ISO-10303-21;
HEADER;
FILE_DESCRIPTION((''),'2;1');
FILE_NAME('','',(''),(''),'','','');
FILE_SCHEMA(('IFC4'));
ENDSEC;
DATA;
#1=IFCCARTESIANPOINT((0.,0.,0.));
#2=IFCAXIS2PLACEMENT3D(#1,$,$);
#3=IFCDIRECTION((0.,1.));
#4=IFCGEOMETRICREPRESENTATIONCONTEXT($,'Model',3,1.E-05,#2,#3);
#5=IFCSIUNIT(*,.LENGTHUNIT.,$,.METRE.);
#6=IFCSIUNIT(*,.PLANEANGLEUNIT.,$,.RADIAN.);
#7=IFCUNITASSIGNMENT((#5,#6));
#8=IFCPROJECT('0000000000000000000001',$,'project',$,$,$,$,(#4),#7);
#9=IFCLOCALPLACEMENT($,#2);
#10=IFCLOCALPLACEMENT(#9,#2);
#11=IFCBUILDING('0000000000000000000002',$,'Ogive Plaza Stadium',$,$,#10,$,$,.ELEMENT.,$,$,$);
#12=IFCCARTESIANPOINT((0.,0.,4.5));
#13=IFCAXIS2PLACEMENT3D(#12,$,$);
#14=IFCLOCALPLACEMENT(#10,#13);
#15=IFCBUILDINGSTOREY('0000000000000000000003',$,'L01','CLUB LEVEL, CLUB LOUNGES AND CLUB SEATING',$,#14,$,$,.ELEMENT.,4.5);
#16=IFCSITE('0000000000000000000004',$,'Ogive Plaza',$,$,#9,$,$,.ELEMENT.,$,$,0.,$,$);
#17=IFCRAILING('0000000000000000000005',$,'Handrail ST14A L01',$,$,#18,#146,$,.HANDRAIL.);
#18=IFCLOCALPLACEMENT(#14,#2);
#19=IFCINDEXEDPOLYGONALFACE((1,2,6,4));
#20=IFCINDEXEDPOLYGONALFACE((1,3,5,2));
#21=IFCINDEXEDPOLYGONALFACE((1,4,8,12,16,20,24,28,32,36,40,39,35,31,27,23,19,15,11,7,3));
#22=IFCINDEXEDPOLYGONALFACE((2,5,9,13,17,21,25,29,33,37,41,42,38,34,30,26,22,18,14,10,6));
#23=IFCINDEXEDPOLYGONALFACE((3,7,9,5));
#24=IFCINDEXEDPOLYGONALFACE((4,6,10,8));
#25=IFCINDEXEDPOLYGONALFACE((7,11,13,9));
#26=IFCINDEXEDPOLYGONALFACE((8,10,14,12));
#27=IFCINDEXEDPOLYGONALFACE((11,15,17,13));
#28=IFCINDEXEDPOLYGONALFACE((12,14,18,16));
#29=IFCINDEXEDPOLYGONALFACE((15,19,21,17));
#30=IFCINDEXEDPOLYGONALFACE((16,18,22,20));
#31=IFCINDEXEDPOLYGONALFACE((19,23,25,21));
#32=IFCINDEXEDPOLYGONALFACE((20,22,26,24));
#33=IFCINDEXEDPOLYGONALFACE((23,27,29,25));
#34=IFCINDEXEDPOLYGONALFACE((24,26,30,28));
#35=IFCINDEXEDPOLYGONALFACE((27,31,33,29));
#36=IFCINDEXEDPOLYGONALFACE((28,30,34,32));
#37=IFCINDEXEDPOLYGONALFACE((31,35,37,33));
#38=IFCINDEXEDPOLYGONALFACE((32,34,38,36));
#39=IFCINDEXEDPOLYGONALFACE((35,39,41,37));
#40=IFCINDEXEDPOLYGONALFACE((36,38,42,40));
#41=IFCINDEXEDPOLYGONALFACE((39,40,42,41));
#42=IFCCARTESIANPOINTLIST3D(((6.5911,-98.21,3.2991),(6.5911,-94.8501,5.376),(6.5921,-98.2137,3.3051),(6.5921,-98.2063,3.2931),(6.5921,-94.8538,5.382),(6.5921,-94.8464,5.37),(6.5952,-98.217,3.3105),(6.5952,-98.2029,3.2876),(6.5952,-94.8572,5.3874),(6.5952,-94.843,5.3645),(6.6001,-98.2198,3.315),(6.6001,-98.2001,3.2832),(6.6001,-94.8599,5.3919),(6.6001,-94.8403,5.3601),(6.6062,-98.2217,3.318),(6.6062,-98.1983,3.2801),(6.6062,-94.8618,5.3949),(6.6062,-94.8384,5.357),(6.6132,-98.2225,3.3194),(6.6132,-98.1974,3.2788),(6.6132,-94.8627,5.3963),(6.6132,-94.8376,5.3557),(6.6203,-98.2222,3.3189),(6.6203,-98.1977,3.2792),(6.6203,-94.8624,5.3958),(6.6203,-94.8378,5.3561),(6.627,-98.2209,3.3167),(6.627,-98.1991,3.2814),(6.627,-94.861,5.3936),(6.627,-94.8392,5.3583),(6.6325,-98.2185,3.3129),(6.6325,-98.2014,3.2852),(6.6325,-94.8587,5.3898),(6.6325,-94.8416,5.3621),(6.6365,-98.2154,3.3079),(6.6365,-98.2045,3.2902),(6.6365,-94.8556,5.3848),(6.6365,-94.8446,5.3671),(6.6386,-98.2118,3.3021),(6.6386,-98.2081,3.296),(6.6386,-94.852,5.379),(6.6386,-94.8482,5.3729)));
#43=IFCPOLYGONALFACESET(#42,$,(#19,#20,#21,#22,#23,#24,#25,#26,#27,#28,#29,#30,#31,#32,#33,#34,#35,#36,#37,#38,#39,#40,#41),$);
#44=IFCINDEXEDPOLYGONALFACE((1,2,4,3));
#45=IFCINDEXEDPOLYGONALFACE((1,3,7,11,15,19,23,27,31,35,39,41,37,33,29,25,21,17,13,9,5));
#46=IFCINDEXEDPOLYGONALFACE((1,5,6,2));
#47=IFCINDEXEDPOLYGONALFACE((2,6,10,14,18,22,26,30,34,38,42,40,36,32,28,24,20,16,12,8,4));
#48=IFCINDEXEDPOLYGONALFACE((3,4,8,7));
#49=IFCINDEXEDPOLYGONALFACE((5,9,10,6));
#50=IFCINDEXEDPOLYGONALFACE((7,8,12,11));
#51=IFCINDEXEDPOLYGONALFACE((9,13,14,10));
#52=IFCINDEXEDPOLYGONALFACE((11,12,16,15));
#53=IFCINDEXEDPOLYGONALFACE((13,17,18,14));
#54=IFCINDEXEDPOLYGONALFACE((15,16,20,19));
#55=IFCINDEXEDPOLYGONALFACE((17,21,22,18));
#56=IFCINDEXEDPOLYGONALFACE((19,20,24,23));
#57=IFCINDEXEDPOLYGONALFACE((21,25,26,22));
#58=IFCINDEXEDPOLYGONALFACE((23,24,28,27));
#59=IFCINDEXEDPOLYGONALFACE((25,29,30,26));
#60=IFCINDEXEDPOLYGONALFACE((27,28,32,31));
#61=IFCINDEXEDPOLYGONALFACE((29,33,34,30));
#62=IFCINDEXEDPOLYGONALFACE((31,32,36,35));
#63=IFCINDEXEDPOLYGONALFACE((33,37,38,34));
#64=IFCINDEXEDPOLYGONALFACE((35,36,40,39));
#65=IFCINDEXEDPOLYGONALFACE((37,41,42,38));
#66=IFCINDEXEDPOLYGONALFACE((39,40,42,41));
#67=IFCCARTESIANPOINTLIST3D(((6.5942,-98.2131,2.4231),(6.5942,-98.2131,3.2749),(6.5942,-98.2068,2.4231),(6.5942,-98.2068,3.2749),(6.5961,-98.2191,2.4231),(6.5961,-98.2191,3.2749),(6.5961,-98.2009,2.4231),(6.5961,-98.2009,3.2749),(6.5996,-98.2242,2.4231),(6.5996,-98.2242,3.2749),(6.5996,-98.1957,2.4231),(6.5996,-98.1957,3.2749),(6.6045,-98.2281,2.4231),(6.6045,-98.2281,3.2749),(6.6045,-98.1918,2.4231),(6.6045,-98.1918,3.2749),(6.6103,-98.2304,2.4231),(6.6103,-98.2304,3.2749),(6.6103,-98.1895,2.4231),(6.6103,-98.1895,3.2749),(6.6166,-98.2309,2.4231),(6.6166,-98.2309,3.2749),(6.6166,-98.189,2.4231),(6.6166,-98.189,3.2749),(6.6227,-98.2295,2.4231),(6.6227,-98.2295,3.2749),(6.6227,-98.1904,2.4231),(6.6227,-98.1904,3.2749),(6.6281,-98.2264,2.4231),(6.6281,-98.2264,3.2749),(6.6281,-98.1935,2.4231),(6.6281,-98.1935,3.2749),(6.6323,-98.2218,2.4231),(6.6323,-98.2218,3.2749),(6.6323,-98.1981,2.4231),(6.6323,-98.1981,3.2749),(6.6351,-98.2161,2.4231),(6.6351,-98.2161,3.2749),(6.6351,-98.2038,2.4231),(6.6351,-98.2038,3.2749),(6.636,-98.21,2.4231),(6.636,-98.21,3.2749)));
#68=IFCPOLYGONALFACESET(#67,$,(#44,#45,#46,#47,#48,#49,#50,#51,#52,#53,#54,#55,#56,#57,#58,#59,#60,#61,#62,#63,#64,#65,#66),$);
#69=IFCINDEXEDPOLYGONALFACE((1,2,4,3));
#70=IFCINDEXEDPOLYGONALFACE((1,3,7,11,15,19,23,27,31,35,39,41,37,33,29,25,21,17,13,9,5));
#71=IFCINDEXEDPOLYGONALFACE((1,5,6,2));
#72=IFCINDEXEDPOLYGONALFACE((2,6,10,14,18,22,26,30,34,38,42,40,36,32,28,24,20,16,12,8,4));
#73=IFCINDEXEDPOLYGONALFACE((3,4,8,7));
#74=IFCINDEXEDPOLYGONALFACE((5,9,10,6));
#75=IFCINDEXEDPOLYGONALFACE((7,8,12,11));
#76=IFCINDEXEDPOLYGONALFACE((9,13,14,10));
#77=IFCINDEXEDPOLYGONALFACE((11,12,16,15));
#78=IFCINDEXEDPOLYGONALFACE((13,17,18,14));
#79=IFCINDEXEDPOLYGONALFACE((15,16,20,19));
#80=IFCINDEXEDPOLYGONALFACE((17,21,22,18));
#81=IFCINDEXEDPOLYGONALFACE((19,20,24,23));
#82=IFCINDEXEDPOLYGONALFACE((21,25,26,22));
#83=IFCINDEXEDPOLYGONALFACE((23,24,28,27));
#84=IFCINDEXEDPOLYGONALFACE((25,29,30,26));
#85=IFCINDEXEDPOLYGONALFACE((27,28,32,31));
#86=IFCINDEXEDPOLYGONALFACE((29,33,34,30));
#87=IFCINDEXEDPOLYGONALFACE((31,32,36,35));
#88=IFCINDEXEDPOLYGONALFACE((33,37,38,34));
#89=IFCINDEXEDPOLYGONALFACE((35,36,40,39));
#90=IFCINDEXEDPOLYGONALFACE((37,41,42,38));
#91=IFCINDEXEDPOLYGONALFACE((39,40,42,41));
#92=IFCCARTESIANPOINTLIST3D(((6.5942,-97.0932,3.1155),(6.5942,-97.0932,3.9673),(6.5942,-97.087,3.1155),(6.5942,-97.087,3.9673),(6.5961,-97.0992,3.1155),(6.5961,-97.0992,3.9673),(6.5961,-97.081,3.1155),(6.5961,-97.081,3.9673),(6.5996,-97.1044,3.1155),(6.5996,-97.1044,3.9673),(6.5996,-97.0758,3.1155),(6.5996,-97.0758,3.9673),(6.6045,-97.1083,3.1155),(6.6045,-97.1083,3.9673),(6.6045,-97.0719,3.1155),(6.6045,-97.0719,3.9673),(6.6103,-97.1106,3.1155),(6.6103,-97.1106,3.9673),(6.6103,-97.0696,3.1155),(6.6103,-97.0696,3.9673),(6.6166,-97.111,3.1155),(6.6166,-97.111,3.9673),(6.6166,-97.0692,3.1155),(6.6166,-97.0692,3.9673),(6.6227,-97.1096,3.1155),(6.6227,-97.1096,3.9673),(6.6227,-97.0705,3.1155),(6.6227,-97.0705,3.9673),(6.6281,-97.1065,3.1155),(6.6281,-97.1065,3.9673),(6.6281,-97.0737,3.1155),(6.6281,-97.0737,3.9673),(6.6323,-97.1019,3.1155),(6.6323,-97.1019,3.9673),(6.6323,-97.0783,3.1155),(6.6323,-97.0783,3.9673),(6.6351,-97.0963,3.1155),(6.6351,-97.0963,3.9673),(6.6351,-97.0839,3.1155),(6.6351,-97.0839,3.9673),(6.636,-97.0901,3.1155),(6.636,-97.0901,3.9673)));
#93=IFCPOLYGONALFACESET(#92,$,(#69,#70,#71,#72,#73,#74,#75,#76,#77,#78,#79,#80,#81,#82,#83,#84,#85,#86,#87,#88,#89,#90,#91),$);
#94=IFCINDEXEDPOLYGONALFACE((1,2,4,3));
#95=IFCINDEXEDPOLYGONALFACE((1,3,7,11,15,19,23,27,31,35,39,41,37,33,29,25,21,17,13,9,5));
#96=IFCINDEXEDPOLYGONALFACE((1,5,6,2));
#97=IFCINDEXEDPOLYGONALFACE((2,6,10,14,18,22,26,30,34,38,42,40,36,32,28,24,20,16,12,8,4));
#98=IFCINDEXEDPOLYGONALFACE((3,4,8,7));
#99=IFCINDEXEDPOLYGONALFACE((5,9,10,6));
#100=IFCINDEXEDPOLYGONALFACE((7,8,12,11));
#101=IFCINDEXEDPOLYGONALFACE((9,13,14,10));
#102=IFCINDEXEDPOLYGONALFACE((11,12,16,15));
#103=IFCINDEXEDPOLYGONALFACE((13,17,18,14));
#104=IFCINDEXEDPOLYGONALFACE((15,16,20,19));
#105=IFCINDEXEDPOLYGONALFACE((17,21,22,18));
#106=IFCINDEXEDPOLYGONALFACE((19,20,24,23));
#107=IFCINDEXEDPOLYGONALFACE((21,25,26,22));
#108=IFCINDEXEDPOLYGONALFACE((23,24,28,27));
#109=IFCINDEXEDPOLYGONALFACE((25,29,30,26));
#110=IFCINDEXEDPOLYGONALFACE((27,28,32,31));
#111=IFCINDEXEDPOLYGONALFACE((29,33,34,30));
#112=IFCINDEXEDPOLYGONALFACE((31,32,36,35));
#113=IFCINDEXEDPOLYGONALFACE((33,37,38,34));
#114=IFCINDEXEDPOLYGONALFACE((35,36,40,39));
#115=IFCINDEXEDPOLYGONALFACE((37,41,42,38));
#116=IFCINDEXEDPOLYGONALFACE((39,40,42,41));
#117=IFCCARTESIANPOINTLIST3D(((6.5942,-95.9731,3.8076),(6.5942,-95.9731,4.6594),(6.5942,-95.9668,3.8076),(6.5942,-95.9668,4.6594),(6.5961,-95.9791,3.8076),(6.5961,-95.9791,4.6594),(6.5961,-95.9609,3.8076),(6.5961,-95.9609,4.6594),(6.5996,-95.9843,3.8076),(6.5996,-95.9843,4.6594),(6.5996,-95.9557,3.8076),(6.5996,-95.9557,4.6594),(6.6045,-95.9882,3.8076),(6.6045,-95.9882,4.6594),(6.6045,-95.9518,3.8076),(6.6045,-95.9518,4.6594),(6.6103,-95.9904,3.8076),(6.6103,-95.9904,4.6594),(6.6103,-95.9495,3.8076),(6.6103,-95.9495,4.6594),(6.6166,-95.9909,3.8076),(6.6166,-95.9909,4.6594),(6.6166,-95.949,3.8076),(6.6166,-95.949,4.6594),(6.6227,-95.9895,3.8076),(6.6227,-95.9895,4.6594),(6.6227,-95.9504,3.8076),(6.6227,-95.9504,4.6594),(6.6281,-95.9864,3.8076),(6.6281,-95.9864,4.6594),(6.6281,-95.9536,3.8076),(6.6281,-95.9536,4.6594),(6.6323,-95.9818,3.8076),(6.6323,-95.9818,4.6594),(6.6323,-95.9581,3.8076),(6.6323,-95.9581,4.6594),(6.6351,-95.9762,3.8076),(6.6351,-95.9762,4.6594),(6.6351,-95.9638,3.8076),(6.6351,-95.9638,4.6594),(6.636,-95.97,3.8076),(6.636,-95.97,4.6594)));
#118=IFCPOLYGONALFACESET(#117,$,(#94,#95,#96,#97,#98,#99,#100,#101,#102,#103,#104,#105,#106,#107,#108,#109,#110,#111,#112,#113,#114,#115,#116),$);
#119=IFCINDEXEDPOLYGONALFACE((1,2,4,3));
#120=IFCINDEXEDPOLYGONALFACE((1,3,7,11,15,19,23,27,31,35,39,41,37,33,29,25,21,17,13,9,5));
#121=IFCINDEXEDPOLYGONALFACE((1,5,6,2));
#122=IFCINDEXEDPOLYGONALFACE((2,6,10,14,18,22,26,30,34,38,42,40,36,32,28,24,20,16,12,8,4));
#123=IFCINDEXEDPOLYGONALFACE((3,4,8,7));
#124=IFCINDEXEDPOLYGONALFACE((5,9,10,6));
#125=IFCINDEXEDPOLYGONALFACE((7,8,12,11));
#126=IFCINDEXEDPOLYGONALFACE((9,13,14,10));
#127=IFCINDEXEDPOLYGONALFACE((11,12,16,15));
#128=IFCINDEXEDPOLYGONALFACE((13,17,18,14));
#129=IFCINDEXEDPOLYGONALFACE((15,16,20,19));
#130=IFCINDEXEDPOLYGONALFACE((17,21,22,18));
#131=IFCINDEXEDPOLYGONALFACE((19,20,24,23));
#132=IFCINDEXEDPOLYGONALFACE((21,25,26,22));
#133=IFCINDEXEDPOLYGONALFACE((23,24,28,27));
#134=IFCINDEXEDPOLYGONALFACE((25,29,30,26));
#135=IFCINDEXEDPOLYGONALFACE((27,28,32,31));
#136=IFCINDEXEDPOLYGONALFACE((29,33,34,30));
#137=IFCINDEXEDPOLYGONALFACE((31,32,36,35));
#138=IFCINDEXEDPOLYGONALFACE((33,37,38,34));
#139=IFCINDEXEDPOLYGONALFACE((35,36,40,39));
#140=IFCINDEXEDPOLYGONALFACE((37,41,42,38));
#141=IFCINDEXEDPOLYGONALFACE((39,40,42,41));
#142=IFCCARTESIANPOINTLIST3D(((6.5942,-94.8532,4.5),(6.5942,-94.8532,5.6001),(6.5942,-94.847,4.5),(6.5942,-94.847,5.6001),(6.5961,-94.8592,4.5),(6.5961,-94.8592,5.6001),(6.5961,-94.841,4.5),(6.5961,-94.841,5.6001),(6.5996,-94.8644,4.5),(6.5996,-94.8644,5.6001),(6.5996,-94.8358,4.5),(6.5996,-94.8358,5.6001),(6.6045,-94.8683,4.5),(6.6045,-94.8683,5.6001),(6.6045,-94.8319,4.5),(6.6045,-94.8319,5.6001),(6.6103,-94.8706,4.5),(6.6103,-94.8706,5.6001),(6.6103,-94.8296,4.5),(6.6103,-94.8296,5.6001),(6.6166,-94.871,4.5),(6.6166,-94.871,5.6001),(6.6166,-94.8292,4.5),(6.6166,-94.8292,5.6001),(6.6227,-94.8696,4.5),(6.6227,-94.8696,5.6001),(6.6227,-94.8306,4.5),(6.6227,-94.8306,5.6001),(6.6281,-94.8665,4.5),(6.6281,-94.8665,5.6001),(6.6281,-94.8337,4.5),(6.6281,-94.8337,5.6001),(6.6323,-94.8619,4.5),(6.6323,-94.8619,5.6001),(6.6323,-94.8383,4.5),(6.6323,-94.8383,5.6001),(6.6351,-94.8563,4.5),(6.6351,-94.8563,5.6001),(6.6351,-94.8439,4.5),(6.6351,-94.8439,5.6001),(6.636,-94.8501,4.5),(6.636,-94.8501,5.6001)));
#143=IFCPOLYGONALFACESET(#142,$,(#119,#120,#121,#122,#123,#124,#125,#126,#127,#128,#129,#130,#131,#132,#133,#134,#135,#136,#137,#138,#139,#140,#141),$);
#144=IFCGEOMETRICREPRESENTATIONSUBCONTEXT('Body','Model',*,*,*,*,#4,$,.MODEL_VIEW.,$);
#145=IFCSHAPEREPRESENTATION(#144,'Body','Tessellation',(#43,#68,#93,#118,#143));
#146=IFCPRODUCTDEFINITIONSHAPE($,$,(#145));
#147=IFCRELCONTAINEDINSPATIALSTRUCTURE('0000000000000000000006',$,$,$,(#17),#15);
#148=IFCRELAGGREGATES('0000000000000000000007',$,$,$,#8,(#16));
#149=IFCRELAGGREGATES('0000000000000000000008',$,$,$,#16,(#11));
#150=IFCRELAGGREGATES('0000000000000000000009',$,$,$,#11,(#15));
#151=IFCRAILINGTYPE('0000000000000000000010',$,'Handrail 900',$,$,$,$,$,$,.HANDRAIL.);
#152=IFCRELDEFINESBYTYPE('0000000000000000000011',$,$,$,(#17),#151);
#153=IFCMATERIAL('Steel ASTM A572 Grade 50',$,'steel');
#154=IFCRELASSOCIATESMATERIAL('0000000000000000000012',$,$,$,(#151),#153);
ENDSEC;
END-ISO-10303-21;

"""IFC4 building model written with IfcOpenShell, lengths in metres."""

from ifc_helpers import new_model, si_unit, direction, frame, origin, origin_2d, place, context, subcontext, project, spatial, circle, extrude, material, type_object, element, save


model = new_model("IFC4")

# Units and contexts
model_context = context("Model", 3, precision=1e-05, world=origin(), true_north=direction((0.0, 1.0)))
body_context = subcontext(model_context, "Body", "Model", "MODEL_VIEW")
ifc_project = project(units=[si_unit("LENGTHUNIT", "METRE"), si_unit("PLANEANGLEUNIT", "RADIAN")], contexts=[model_context])

# Site, building, storey
site_placement = place(None, origin())
site = spatial("IfcSite", under=ifc_project, at=site_placement, Name="Ogive Plaza", CompositionType="ELEMENT", RefElevation=0.0)
building_placement = place(site_placement, origin())
building = spatial("IfcBuilding", under=site, at=building_placement, Name="Ogive Plaza Stadium", CompositionType="ELEMENT")
storey_placement = place(building_placement, frame((0.0, 0.0, 4.5)))
storey = spatial("IfcBuildingStorey", under=building, at=storey_placement, Name="L01", Description="CLUB LEVEL, CLUB LOUNGES AND CLUB SEATING", CompositionType="ELEMENT", Elevation=4.5)

# Railing
ifc_material_1 = material(Name="Steel ASTM A572 Grade 50", Category="steel")
railing_type_1 = type_object("IfcRailingType", Name="Handrail 900", PredefinedType="HANDRAIL", material=ifc_material_1)
for number, where, name in (
    (1, (6.615, -98.21, 2.4231), "Handrail ST14A L01"),
):
    element("IfcRailing", number, at=place(storey_placement, frame(where)), inside=storey, type_object=railing_type_1, Name=name, PredefinedType="HANDRAIL", context=body_context, shape_type="SweptSolid", body=[
        extrude(circle(Radius=0.0239, at=origin_2d()), frame((0.0, 0.0, 0.876), z_axis=(0.0, 0.850606, 0.525803), x_axis=(-1.0, 0.0, 0.0)), (0.0, 0.0, 1.0), 3.95),
        extrude(circle(Radius=0.021, at=origin_2d()), origin(), (0.0, 0.0, 1.0), 0.8518),
        extrude(circle(Radius=0.021, at=origin_2d()), frame((0.0, 1.1199, 0.6924)), (0.0, 0.0, 1.0), 0.8518),
        extrude(circle(Radius=0.021, at=origin_2d()), frame((0.0, 2.24, 1.3845)), (0.0, 0.0, 1.0), 0.8518),
        extrude(circle(Radius=0.021, at=origin_2d()), frame((0.0, 3.3599, 2.0769)), (0.0, 0.0, 1.0), 1.1001),
    ])

save(model, "model.ifc")
